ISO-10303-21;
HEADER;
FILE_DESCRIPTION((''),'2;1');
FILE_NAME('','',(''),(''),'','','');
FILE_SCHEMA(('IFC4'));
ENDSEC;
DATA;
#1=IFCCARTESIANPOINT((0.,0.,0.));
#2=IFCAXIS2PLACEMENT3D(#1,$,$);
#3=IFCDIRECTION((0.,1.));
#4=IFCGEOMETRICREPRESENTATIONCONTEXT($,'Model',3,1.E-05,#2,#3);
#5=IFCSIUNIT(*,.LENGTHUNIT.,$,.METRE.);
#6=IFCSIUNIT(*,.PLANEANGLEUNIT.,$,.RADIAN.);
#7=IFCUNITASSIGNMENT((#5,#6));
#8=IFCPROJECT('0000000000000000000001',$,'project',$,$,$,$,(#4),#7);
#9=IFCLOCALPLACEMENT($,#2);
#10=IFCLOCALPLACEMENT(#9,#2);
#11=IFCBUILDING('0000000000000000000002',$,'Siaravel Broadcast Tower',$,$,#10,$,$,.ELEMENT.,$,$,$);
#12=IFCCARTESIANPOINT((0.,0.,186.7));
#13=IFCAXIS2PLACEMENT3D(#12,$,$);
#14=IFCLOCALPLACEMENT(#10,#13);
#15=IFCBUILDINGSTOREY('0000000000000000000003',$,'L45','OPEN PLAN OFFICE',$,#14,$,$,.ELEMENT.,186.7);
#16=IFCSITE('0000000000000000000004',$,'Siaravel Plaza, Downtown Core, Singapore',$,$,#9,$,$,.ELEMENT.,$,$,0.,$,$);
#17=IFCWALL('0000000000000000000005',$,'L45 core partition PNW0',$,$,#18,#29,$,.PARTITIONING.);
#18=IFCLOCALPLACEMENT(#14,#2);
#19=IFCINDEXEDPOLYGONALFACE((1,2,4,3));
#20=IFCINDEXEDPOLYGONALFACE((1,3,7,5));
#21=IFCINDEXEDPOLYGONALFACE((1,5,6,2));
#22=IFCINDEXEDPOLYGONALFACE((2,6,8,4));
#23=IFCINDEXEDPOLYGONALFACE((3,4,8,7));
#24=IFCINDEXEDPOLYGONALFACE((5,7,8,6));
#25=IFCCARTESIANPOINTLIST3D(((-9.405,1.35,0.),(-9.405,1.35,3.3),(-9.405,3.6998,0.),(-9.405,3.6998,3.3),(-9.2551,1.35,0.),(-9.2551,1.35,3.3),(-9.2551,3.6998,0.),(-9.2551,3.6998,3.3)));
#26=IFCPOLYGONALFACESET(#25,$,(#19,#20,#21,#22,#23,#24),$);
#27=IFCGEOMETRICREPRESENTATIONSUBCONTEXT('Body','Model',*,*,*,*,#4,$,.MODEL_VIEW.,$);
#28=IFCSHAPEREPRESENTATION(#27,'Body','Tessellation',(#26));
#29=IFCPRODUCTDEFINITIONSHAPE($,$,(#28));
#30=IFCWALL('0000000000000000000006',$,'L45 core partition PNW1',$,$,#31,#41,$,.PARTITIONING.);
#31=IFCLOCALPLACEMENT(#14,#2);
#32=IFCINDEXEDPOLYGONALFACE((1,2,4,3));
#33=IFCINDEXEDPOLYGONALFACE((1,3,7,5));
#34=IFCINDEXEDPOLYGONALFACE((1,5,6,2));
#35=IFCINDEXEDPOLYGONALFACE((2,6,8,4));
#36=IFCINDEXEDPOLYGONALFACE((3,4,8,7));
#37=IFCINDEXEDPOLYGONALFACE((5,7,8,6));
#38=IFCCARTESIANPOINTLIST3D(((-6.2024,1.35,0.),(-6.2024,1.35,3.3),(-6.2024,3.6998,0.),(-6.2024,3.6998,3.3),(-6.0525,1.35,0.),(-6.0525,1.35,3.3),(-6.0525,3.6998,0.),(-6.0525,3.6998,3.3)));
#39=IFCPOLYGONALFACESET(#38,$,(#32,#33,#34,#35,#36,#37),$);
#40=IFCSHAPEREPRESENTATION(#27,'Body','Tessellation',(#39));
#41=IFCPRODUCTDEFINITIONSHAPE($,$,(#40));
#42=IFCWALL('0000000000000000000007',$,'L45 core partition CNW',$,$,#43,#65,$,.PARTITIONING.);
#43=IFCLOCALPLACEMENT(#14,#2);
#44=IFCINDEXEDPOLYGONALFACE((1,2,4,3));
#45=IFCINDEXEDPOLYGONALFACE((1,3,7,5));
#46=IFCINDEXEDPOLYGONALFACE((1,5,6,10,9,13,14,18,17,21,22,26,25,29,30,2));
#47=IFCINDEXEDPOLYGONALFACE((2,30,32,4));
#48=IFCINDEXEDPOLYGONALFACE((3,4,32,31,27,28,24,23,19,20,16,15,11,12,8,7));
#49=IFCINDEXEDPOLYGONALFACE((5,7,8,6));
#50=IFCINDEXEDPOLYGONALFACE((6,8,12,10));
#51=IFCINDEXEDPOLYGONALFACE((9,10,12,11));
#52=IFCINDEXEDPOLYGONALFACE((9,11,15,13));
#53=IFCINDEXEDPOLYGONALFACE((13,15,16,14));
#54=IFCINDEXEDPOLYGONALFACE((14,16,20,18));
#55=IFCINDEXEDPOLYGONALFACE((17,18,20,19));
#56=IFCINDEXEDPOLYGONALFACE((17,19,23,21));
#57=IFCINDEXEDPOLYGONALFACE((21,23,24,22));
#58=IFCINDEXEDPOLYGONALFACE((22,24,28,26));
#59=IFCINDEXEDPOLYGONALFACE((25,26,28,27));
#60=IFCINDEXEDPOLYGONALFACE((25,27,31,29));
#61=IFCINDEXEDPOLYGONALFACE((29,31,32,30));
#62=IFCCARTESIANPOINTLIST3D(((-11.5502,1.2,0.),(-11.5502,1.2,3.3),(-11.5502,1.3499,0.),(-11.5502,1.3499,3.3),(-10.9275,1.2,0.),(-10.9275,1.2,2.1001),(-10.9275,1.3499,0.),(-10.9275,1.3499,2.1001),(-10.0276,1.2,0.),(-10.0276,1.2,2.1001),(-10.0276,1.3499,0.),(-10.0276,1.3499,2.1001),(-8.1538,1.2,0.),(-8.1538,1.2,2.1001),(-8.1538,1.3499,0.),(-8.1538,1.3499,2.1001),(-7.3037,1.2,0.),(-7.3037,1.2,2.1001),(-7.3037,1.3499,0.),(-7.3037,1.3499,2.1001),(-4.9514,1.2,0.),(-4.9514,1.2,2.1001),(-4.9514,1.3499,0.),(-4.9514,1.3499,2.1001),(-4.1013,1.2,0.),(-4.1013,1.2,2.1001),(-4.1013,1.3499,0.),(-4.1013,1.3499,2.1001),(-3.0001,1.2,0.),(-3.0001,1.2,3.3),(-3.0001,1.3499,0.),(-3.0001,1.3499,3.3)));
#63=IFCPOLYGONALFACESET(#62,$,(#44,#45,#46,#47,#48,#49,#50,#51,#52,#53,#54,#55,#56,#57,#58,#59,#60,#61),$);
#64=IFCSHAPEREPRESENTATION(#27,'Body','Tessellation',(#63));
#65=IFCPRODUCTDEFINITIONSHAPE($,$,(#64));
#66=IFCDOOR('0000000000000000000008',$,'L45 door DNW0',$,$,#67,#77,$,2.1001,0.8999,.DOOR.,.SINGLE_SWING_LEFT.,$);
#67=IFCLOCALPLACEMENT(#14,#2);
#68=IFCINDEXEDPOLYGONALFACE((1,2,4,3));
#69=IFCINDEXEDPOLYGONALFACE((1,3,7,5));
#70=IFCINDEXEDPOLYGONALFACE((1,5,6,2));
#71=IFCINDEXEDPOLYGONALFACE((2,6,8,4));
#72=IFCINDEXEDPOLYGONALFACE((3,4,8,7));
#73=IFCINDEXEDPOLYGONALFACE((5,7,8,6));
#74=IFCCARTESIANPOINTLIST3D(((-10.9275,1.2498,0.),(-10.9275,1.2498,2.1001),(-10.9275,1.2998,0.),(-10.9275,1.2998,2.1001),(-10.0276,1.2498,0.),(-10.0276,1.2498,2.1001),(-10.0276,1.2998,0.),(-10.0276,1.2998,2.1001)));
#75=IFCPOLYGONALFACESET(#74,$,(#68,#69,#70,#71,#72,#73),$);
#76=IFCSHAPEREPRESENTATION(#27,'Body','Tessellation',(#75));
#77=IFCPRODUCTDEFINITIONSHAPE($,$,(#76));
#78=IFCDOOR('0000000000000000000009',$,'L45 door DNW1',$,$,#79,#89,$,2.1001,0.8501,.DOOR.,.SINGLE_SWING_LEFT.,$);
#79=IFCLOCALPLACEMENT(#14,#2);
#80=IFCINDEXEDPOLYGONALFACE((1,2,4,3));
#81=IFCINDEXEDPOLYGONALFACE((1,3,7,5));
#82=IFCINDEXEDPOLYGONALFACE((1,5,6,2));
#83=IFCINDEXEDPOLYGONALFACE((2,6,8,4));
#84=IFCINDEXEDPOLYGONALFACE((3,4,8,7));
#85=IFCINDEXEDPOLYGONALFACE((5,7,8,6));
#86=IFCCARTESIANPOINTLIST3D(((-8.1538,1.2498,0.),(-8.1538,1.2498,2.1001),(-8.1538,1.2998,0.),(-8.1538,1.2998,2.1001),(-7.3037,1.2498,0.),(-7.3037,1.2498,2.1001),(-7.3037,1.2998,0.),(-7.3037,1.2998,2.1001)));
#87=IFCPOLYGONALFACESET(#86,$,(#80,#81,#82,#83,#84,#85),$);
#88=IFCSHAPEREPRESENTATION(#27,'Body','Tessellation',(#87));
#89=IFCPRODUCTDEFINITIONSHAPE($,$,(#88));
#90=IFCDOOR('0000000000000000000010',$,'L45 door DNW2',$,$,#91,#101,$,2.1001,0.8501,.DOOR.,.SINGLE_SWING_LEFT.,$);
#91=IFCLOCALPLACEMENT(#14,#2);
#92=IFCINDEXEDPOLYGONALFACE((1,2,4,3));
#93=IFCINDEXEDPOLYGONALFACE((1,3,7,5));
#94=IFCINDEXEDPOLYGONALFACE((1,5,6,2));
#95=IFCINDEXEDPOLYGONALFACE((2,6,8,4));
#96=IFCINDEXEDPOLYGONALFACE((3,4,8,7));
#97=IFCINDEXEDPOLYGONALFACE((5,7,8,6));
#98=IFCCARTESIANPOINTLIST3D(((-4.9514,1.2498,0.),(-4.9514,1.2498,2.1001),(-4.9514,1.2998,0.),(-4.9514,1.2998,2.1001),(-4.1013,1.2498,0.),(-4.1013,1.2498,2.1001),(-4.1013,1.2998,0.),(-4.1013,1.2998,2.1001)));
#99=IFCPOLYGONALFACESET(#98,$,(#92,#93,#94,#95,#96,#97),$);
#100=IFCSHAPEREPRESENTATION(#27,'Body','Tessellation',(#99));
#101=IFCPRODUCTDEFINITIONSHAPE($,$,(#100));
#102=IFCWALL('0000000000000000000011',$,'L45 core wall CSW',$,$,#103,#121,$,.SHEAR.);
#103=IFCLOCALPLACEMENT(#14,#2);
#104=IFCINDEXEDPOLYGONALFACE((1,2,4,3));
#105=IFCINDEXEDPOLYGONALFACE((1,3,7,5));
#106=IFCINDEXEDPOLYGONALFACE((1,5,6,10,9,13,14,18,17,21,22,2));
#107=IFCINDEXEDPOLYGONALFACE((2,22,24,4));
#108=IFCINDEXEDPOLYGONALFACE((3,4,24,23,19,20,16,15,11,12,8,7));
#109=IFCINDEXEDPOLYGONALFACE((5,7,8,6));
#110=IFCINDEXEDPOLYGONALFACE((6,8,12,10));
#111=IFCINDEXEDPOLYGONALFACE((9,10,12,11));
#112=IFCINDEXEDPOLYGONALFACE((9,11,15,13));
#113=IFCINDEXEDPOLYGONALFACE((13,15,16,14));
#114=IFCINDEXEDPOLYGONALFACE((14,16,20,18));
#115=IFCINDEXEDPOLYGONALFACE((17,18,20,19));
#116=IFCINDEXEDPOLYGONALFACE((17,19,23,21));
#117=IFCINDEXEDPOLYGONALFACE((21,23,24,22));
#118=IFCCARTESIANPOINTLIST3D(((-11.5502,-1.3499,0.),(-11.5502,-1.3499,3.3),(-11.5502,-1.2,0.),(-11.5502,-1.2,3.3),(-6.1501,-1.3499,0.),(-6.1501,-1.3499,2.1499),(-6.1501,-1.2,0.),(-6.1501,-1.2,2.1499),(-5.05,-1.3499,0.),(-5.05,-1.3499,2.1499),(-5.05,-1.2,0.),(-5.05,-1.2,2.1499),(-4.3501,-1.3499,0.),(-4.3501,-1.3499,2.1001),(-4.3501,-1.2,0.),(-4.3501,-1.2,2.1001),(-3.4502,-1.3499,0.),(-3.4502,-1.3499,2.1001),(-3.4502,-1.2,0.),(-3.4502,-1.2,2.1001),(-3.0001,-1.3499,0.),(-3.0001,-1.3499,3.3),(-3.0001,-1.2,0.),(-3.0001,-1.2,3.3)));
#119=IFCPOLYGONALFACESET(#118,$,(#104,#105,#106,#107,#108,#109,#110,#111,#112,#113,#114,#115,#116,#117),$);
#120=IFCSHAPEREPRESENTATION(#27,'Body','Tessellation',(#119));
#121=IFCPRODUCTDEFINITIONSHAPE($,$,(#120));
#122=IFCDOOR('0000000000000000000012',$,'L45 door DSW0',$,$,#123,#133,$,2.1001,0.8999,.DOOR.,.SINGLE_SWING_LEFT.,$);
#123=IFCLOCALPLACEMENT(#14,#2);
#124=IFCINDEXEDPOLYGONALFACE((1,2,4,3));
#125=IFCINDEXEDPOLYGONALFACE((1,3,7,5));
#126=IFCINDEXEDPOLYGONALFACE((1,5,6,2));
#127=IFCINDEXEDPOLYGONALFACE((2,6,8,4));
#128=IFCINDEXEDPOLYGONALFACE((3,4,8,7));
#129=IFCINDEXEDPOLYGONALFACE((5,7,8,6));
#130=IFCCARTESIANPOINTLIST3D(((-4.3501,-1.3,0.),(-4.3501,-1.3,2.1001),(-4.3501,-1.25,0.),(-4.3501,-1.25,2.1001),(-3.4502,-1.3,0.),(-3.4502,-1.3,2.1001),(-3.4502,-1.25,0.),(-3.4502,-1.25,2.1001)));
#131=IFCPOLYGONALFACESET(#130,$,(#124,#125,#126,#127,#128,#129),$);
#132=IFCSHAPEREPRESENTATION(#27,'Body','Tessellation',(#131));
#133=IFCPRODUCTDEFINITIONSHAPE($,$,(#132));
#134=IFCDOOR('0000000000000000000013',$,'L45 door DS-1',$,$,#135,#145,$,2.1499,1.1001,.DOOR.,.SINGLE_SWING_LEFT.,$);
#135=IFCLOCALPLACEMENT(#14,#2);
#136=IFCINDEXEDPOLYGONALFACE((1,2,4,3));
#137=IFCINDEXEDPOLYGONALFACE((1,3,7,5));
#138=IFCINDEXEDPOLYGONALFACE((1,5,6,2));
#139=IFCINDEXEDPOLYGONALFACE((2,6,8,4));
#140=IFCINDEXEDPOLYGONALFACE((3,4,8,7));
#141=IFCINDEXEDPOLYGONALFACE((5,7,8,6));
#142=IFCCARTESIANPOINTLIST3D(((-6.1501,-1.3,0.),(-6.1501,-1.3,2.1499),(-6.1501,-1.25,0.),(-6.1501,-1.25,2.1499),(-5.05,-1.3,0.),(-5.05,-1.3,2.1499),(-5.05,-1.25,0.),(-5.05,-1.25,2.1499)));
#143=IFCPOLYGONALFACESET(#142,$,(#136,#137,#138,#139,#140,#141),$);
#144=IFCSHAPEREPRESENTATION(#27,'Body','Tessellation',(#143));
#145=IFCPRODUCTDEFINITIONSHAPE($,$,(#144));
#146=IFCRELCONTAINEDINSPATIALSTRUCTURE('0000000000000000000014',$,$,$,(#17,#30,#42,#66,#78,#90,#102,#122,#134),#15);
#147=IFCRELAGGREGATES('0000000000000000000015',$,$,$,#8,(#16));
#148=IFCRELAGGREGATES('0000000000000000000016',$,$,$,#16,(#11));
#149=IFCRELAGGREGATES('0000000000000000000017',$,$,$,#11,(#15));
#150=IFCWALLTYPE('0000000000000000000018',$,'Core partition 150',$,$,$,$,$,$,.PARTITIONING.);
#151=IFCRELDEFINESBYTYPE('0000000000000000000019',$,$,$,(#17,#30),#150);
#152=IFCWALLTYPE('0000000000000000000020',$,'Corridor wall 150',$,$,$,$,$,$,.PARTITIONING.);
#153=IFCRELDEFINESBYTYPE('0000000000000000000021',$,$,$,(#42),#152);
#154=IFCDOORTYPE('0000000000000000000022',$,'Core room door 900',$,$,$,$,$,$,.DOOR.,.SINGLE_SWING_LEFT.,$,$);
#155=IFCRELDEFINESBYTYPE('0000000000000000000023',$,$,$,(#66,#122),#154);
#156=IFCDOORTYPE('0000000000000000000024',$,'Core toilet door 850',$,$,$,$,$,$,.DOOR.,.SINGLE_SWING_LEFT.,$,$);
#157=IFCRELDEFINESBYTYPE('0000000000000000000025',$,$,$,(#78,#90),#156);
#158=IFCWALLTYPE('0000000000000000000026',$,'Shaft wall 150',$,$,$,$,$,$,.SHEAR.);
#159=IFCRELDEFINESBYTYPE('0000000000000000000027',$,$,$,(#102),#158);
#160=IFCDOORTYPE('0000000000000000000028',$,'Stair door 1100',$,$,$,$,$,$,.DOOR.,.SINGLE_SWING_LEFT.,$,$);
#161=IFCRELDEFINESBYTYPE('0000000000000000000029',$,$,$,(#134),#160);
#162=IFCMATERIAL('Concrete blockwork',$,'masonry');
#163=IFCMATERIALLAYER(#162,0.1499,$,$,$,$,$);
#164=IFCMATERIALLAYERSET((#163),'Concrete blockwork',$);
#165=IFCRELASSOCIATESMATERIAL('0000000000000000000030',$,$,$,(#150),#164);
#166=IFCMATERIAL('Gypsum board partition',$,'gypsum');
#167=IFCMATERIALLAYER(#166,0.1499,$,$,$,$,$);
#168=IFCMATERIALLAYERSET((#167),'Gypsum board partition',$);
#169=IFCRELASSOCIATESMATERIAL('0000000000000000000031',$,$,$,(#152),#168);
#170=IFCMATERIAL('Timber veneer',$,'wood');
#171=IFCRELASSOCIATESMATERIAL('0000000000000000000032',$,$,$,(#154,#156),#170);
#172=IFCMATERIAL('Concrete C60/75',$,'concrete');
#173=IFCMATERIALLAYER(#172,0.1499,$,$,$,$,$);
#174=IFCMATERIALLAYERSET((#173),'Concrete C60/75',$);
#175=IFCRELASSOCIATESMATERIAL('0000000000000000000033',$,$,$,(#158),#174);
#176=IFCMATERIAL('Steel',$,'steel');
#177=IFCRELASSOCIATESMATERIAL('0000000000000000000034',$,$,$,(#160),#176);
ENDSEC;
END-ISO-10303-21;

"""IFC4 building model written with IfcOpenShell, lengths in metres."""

from ifc_helpers import new_model, si_unit, direction, frame, frame_2d, origin, place, context, subcontext, project, spatial, rectangle, extrude, material, layer, layer_set, type_object, element, fill, save


model = new_model("IFC4")

# Units and contexts
model_context = context("Model", 3, precision=1e-05, world=origin(), true_north=direction((0.0, 1.0)))
body_context = subcontext(model_context, "Body", "Model", "MODEL_VIEW")
ifc_project = project(units=[si_unit("LENGTHUNIT", "METRE"), si_unit("PLANEANGLEUNIT", "RADIAN")], contexts=[model_context])

# Site, building, storey
site_placement = place(None, origin())
site = spatial("IfcSite", under=ifc_project, at=site_placement, Name="Siaravel Plaza, Downtown Core, Singapore", CompositionType="ELEMENT", RefElevation=0.0)
building_placement = place(site_placement, origin())
building = spatial("IfcBuilding", under=site, at=building_placement, Name="Siaravel Broadcast Tower", CompositionType="ELEMENT")
storey_placement = place(building_placement, frame((0.0, 0.0, 186.7)))
storey = spatial("IfcBuildingStorey", under=building, at=storey_placement, Name="L45", Description="OPEN PLAN OFFICE", CompositionType="ELEMENT", Elevation=186.7)

# Walls
ifc_material_1 = material(Name="Concrete blockwork", Category="masonry")
ifc_layer_1 = layer(ifc_material_1, 0.1499)
ifc_layer_set_1 = layer_set([ifc_layer_1], Name="Concrete blockwork")
wall_type_1 = type_object("IfcWallType", Name="Core partition 150", PredefinedType="PARTITIONING", material=ifc_layer_set_1)
for number, where, z_axis, x_axis, name in (
    (1, (-9.3301, 1.3501, 0.0), (0.0, 0.0, 1.0), (0.0, 1.0, 0.0), "L45 core partition PNW0"),
    (2, (-6.1274, 1.3501, 0.0), (0.0, 0.0, 1.0), (0.0, 1.0, 0.0), "L45 core partition PNW1"),
):
    element("IfcWall", number, at=place(storey_placement, frame(where, z_axis=z_axis, x_axis=x_axis)), inside=storey, type_object=wall_type_1, Name=name, PredefinedType="PARTITIONING", context=body_context, shape_type="SweptSolid", body=[
        extrude(rectangle(XDim=2.3499, YDim=0.1499, at=frame_2d((1.1748, 0.0))), origin(), (0.0, 0.0, 1.0), 3.3),
    ])

# Walls, openings, doors
ifc_material_2 = material(Name="Gypsum board partition", Category="gypsum")
ifc_layer_2 = layer(ifc_material_2, 0.1499)
ifc_layer_set_2 = layer_set([ifc_layer_2], Name="Gypsum board partition")
wall_type_2 = type_object("IfcWallType", Name="Corridor wall 150", PredefinedType="PARTITIONING", material=ifc_layer_set_2)
wall_1_placement = place(storey_placement, frame((-11.55, 1.2749, 0.0), z_axis=(0.0, 0.0, 1.0), x_axis=(1.0, 0.0, 0.0)))
wall_1 = element("IfcWall", 3, at=wall_1_placement, inside=storey, type_object=wall_type_2, Name="L45 core partition CNW", PredefinedType="PARTITIONING", context=body_context, shape_type="SweptSolid", body=[
    extrude(rectangle(XDim=8.55, YDim=0.1499, at=frame_2d((4.2749, 0.0))), origin(), (0.0, 0.0, 1.0), 3.3),
])
opening_1_placement = place(wall_1_placement, frame((0.6226, 0.0, 0.0)))
opening_1 = element("IfcOpeningElement", 4, at=opening_1_placement, cuts=wall_1, PredefinedType="OPENING", context=body_context, shape_type="SweptSolid", body=[
    extrude(rectangle(XDim=0.8999, YDim=2.1001, at=frame_2d((0.45, 1.05))), frame((0.0, 0.085, 0.0), z_axis=(0.0, -1.0, 0.0), x_axis=(1.0, 0.0, 0.0)), (0.0, 0.0, 1.0), 0.1699),
])
opening_2_placement = place(wall_1_placement, frame((3.3962, 0.0, 0.0)))
opening_2 = element("IfcOpeningElement", 5, at=opening_2_placement, cuts=wall_1, PredefinedType="OPENING", context=body_context, shape_type="SweptSolid", body=[
    extrude(rectangle(XDim=0.8501, YDim=2.1001, at=frame_2d((0.425, 1.05))), frame((0.0, 0.085, 0.0), z_axis=(0.0, -1.0, 0.0), x_axis=(1.0, 0.0, 0.0)), (0.0, 0.0, 1.0), 0.1699),
])
opening_3_placement = place(wall_1_placement, frame((6.5986, 0.0, 0.0)))
opening_3 = element("IfcOpeningElement", 6, at=opening_3_placement, cuts=wall_1, PredefinedType="OPENING", context=body_context, shape_type="SweptSolid", body=[
    extrude(rectangle(XDim=0.8501, YDim=2.1001, at=frame_2d((0.425, 1.05))), frame((0.0, 0.085, 0.0), z_axis=(0.0, -1.0, 0.0), x_axis=(1.0, 0.0, 0.0)), (0.0, 0.0, 1.0), 0.1699),
])
ifc_material_3 = material(Name="Timber veneer", Category="wood")
door_type_1 = type_object("IfcDoorType", Name="Core room door 900", OperationType="SINGLE_SWING_LEFT", PredefinedType="DOOR", material=ifc_material_3)
door_1_placement = place(opening_1_placement, origin())
door_1 = element("IfcDoor", 7, at=door_1_placement, inside=storey, type_object=door_type_1, Name="L45 door DNW0", OperationType="SINGLE_SWING_LEFT", OverallHeight=2.1001, OverallWidth=0.8999, PredefinedType="DOOR", context=body_context, shape_type="SweptSolid", body=[
    extrude(rectangle(XDim=0.8999, YDim=2.1001, at=frame_2d((0.45, 1.05))), frame((0.0, 0.0249, 0.0), z_axis=(0.0, -1.0, 0.0), x_axis=(1.0, 0.0, 0.0)), (0.0, 0.0, 1.0), 0.05),
])
fill(opening_1, door_1)
door_type_2 = type_object("IfcDoorType", Name="Core toilet door 850", OperationType="SINGLE_SWING_LEFT", PredefinedType="DOOR", material=ifc_material_3)
door_2_placement = place(opening_2_placement, origin())
door_2 = element("IfcDoor", 8, at=door_2_placement, inside=storey, type_object=door_type_2, Name="L45 door DNW1", OperationType="SINGLE_SWING_LEFT", OverallHeight=2.1001, OverallWidth=0.8501, PredefinedType="DOOR", context=body_context, shape_type="SweptSolid", body=[
    extrude(rectangle(XDim=0.8501, YDim=2.1001, at=frame_2d((0.425, 1.05))), frame((0.0, 0.0249, 0.0), z_axis=(0.0, -1.0, 0.0), x_axis=(1.0, 0.0, 0.0)), (0.0, 0.0, 1.0), 0.05),
])
fill(opening_2, door_2)
door_3_placement = place(opening_3_placement, origin())
door_3 = element("IfcDoor", 9, at=door_3_placement, inside=storey, type_object=door_type_2, Name="L45 door DNW2", OperationType="SINGLE_SWING_LEFT", OverallHeight=2.1001, OverallWidth=0.8501, PredefinedType="DOOR", context=body_context, shape_type="SweptSolid", body=[
    extrude(rectangle(XDim=0.8501, YDim=2.1001, at=frame_2d((0.425, 1.05))), frame((0.0, 0.0249, 0.0), z_axis=(0.0, -1.0, 0.0), x_axis=(1.0, 0.0, 0.0)), (0.0, 0.0, 1.0), 0.05),
])
fill(opening_3, door_3)
ifc_material_4 = material(Name="Concrete C60/75", Category="concrete")
ifc_layer_3 = layer(ifc_material_4, 0.1499)
ifc_layer_set_3 = layer_set([ifc_layer_3], Name="Concrete C60/75")
wall_type_3 = type_object("IfcWallType", Name="Shaft wall 150", PredefinedType="SHEAR", material=ifc_layer_set_3)
wall_2_placement = place(storey_placement, frame((-11.55, -1.2749, 0.0), z_axis=(0.0, 0.0, 1.0), x_axis=(1.0, 0.0, 0.0)))
wall_2 = element("IfcWall", 10, at=wall_2_placement, inside=storey, type_object=wall_type_3, Name="L45 core wall CSW", PredefinedType="SHEAR", context=body_context, shape_type="SweptSolid", body=[
    extrude(rectangle(XDim=8.55, YDim=0.1499, at=frame_2d((4.2749, 0.0))), origin(), (0.0, 0.0, 1.0), 3.3),
])
opening_4_placement = place(wall_2_placement, frame((5.3999, 0.0, 0.0)))
opening_4 = element("IfcOpeningElement", 11, at=opening_4_placement, cuts=wall_2, PredefinedType="OPENING", context=body_context, shape_type="SweptSolid", body=[
    extrude(rectangle(XDim=1.1001, YDim=2.1499, at=frame_2d((0.55, 1.075))), frame((0.0, 0.085, 0.0), z_axis=(0.0, -1.0, 0.0), x_axis=(1.0, 0.0, 0.0)), (0.0, 0.0, 1.0), 0.1699),
])
opening_5_placement = place(wall_2_placement, frame((7.2, 0.0, 0.0)))
opening_5 = element("IfcOpeningElement", 12, at=opening_5_placement, cuts=wall_2, PredefinedType="OPENING", context=body_context, shape_type="SweptSolid", body=[
    extrude(rectangle(XDim=0.8999, YDim=2.1001, at=frame_2d((0.45, 1.05))), frame((0.0, 0.085, 0.0), z_axis=(0.0, -1.0, 0.0), x_axis=(1.0, 0.0, 0.0)), (0.0, 0.0, 1.0), 0.1699),
])
door_4_placement = place(opening_5_placement, origin())
door_4 = element("IfcDoor", 13, at=door_4_placement, inside=storey, type_object=door_type_1, Name="L45 door DSW0", OperationType="SINGLE_SWING_LEFT", OverallHeight=2.1001, OverallWidth=0.8999, PredefinedType="DOOR", context=body_context, shape_type="SweptSolid", body=[
    extrude(rectangle(XDim=0.8999, YDim=2.1001, at=frame_2d((0.45, 1.05))), frame((0.0, 0.0249, 0.0), z_axis=(0.0, -1.0, 0.0), x_axis=(1.0, 0.0, 0.0)), (0.0, 0.0, 1.0), 0.05),
])
fill(opening_5, door_4)
ifc_material_5 = material(Name="Steel", Category="steel")
door_type_3 = type_object("IfcDoorType", Name="Stair door 1100", OperationType="SINGLE_SWING_LEFT", PredefinedType="DOOR", material=ifc_material_5)
door_5_placement = place(opening_4_placement, origin())
door_5 = element("IfcDoor", 14, at=door_5_placement, inside=storey, type_object=door_type_3, Name="L45 door DS-1", OperationType="SINGLE_SWING_LEFT", OverallHeight=2.1499, OverallWidth=1.1001, PredefinedType="DOOR", context=body_context, shape_type="SweptSolid", body=[
    extrude(rectangle(XDim=1.1001, YDim=2.1499, at=frame_2d((0.55, 1.075))), frame((0.0, 0.0249, 0.0), z_axis=(0.0, -1.0, 0.0), x_axis=(1.0, 0.0, 0.0)), (0.0, 0.0, 1.0), 0.05),
])
fill(opening_4, door_5)

save(model, "model.ifc")
